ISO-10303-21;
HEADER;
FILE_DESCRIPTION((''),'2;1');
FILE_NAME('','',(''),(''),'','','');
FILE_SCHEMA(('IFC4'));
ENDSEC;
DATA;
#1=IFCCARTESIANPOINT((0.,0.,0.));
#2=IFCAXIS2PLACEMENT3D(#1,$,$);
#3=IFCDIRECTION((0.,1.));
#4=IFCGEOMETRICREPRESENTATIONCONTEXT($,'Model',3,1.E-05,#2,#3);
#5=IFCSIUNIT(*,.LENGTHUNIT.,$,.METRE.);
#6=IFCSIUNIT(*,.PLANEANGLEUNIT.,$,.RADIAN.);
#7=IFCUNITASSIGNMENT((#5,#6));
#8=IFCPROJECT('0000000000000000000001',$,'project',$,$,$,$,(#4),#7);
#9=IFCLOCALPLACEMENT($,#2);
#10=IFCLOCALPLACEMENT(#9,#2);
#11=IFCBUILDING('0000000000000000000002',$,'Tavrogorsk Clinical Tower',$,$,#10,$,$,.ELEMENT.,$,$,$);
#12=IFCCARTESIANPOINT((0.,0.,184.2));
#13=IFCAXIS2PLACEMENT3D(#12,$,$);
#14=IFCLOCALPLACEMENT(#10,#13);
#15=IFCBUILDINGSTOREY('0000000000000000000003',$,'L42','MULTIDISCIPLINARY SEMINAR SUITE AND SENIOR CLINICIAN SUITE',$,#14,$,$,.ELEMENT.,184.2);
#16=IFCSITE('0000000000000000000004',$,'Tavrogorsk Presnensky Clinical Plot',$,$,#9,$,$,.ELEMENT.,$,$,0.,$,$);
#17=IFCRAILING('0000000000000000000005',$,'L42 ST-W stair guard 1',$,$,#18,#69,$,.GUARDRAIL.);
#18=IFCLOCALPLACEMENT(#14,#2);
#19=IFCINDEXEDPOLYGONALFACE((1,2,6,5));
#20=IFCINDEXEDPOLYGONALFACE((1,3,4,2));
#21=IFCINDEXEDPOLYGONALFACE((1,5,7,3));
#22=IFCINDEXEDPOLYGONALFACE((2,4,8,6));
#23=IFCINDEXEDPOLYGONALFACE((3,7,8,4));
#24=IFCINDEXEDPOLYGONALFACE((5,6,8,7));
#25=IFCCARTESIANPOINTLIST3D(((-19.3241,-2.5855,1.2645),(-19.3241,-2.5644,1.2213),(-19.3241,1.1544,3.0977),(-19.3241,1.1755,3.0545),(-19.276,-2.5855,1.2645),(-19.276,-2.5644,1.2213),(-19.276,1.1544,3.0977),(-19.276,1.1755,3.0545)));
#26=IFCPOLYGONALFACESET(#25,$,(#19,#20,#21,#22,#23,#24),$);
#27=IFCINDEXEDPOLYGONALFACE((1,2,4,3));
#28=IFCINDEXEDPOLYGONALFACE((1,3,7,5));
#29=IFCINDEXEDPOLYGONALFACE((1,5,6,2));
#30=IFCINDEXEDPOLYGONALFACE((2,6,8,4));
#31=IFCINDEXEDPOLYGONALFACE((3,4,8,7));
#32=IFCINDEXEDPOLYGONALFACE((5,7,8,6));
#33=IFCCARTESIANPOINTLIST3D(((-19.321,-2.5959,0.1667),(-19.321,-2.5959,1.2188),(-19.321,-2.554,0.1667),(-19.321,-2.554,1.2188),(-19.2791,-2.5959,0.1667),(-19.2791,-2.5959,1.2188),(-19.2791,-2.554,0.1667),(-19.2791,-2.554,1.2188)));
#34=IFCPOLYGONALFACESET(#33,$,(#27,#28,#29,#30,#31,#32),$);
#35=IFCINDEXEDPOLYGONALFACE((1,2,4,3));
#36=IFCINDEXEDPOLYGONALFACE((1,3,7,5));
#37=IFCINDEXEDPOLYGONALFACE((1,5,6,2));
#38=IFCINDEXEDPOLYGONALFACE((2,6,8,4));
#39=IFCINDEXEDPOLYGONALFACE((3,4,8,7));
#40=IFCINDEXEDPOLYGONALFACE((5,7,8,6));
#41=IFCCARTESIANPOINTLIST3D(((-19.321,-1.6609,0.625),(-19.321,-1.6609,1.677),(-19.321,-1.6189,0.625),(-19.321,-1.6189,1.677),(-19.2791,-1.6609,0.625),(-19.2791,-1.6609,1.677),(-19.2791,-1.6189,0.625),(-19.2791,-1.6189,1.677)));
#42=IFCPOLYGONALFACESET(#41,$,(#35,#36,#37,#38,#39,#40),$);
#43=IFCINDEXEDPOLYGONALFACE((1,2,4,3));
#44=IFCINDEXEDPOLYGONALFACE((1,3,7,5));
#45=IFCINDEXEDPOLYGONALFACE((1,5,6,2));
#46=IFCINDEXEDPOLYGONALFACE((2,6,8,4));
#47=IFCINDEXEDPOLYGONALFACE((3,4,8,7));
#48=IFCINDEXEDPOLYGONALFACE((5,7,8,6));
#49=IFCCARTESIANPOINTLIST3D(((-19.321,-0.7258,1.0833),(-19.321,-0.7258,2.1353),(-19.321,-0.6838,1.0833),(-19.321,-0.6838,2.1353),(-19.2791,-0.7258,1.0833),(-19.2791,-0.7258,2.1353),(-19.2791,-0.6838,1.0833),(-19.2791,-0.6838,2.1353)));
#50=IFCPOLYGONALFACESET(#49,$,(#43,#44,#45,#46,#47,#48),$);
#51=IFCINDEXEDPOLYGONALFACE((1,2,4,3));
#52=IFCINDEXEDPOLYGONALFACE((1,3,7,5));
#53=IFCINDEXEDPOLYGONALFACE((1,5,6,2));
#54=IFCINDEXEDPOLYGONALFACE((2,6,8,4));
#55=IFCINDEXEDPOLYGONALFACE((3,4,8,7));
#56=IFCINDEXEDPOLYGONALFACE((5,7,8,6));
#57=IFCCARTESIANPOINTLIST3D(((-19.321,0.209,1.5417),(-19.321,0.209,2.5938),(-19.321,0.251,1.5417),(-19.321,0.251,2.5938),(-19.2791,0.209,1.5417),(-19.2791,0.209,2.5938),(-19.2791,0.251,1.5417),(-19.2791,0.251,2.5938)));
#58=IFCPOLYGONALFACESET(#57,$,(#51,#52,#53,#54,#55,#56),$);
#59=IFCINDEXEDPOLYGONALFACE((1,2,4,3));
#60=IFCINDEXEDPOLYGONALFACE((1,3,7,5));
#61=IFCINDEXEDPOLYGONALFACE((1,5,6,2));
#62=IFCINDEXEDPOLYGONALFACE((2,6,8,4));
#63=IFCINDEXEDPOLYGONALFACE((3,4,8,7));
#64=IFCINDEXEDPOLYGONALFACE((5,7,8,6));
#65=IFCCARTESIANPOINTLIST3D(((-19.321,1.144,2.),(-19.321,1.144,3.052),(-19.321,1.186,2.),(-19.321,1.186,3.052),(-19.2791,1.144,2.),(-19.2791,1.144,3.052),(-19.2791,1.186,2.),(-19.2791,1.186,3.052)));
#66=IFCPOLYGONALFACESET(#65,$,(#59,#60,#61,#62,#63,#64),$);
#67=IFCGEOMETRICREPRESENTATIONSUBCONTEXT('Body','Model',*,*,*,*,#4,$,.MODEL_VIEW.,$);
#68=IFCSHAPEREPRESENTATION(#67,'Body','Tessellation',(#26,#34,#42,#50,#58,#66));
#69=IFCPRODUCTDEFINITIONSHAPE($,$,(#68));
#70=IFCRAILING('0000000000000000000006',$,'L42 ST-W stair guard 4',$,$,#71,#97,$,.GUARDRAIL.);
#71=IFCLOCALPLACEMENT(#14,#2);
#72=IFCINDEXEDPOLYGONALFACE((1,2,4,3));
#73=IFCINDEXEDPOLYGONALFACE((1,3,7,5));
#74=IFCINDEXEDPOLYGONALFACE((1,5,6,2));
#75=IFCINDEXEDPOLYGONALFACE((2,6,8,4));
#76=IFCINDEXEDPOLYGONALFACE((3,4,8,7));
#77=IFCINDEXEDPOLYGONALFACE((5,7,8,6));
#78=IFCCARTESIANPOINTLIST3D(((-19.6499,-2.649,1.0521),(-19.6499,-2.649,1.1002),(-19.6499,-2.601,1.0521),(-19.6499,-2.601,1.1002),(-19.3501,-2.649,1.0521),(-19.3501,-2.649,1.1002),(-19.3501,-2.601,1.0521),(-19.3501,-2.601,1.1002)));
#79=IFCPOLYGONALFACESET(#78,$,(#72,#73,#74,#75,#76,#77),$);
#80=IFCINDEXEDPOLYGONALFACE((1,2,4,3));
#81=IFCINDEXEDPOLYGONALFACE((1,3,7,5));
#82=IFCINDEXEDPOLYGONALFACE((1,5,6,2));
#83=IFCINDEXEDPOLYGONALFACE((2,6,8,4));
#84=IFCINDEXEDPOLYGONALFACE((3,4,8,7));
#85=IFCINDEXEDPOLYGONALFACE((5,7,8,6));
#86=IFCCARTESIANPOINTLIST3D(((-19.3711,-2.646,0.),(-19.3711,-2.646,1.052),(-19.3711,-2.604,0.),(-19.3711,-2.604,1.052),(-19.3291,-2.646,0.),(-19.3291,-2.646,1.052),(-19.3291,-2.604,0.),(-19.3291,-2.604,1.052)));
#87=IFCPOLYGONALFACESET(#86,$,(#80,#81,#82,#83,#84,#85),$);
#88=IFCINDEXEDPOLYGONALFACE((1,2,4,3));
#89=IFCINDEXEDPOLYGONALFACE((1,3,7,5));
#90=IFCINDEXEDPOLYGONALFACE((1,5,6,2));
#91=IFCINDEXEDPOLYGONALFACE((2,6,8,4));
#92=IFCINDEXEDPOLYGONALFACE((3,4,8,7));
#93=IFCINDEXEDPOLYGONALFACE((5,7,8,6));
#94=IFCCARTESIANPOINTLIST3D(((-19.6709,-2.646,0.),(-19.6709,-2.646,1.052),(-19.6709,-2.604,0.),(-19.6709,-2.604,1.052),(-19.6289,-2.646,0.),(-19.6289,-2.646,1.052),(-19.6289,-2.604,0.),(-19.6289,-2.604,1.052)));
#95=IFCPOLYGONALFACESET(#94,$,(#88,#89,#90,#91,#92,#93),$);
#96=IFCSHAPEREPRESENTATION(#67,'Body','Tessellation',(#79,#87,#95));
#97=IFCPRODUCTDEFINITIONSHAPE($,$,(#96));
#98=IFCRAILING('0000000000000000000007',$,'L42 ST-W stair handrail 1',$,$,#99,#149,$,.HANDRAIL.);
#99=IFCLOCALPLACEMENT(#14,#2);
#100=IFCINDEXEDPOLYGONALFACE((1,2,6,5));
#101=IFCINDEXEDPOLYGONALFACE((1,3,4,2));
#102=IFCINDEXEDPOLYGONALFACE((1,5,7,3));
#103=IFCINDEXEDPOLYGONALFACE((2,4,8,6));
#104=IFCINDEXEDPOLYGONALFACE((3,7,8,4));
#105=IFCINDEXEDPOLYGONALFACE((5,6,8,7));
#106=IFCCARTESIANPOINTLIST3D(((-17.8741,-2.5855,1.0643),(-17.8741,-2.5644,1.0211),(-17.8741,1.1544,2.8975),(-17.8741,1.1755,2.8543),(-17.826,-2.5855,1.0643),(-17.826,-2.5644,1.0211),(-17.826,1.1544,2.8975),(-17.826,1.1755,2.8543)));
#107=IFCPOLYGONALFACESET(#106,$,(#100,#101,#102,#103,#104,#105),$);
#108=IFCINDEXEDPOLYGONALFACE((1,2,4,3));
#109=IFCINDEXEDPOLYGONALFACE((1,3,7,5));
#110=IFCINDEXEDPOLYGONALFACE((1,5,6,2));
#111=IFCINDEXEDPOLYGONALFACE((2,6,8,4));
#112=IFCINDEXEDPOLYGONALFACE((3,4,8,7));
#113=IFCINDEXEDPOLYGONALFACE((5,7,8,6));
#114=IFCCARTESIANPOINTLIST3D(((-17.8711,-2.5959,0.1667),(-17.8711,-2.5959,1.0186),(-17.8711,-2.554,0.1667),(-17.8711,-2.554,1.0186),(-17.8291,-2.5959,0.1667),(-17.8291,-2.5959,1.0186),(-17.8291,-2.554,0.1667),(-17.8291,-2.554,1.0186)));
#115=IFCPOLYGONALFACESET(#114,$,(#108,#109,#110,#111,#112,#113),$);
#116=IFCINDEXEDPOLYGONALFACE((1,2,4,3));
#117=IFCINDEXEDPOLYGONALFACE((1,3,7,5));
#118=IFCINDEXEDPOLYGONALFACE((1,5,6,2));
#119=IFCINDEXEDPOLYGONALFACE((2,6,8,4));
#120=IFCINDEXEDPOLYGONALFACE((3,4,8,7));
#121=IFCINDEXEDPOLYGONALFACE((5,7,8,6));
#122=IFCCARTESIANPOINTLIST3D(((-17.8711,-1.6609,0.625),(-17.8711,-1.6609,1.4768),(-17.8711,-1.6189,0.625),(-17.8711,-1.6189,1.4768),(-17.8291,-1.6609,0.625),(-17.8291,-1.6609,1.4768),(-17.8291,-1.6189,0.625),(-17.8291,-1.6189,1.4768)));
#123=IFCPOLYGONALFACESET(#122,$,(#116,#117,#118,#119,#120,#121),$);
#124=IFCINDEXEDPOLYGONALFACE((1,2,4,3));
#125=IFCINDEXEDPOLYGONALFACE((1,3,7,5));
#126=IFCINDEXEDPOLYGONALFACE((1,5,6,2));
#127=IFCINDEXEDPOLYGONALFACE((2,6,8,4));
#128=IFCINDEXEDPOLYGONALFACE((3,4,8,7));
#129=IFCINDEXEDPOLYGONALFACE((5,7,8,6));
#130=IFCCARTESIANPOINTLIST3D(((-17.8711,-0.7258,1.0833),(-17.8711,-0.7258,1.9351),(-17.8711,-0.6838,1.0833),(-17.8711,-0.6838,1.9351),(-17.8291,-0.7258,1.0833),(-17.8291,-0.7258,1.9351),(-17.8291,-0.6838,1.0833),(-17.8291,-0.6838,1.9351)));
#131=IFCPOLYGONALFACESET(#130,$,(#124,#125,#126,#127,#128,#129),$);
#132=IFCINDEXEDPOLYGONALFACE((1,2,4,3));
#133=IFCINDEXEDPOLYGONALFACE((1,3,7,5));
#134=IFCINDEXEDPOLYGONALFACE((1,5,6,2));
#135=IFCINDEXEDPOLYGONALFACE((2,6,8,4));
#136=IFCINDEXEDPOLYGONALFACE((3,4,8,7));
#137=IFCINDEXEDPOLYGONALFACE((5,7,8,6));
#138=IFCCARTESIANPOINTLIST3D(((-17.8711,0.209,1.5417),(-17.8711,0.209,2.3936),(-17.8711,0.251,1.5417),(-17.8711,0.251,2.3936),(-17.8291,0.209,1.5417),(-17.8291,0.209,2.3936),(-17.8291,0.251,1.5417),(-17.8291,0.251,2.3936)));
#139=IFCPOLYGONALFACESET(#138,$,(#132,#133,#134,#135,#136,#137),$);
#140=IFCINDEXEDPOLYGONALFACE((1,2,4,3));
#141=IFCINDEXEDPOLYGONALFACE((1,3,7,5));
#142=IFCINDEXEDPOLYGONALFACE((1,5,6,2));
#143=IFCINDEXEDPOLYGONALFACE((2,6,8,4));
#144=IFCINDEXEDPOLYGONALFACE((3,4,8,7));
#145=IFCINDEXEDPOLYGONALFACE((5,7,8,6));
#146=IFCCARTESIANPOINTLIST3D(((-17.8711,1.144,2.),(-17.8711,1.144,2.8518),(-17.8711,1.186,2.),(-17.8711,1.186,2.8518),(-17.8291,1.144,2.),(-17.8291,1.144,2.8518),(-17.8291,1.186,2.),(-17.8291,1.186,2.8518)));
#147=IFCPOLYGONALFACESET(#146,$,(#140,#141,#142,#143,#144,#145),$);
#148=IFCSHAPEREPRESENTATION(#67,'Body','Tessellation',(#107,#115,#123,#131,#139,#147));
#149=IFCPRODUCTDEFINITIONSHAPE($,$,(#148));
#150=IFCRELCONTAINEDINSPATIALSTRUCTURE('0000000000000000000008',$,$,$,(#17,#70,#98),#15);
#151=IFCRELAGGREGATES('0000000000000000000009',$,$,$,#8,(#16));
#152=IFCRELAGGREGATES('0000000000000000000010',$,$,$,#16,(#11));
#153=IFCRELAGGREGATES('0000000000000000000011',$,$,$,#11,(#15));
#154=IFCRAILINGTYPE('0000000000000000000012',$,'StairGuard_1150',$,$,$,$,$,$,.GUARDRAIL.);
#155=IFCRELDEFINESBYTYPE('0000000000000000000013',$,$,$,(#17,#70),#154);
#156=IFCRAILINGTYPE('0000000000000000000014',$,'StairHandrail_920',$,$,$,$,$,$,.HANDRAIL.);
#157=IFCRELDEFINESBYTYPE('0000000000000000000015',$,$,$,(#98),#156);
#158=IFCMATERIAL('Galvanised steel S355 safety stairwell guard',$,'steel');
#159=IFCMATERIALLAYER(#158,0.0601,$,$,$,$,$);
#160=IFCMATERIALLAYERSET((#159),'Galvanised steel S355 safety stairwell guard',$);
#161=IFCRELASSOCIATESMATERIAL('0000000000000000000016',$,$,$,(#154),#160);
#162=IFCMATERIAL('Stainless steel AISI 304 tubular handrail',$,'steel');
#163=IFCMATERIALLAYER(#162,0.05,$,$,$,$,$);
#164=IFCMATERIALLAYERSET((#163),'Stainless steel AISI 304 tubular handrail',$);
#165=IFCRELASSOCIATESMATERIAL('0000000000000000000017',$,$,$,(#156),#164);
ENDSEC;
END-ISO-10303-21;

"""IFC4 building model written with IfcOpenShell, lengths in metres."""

from ifc_helpers import new_model, si_unit, direction, frame, origin, origin_2d, place, context, subcontext, project, spatial, rectangle, extrude, material, layer, layer_set, type_object, element, save


model = new_model("IFC4")

# Units and contexts
model_context = context("Model", 3, precision=1e-05, world=origin(), true_north=direction((0.0, 1.0)))
body_context = subcontext(model_context, "Body", "Model", "MODEL_VIEW")
ifc_project = project(units=[si_unit("LENGTHUNIT", "METRE"), si_unit("PLANEANGLEUNIT", "RADIAN")], contexts=[model_context])

# Site, building, storey
site_placement = place(None, origin())
site = spatial("IfcSite", under=ifc_project, at=site_placement, Name="Tavrogorsk Presnensky Clinical Plot", CompositionType="ELEMENT", RefElevation=0.0)
building_placement = place(site_placement, origin())
building = spatial("IfcBuilding", under=site, at=building_placement, Name="Tavrogorsk Clinical Tower", CompositionType="ELEMENT")
storey_placement = place(building_placement, frame((0.0, 0.0, 184.2)))
storey = spatial("IfcBuildingStorey", under=building, at=storey_placement, Name="L42", Description="MULTIDISCIPLINARY SEMINAR SUITE AND SENIOR CLINICIAN SUITE", CompositionType="ELEMENT", Elevation=184.2)

# Railings
ifc_material_1 = material(Name="Galvanised steel S355 safety stairwell guard", Category="steel")
ifc_layer_1 = layer(ifc_material_1, 0.0601)
ifc_layer_set_1 = layer_set([ifc_layer_1], Name="Galvanised steel S355 safety stairwell guard")
railing_type_1 = type_object("IfcRailingType", Name="StairGuard_1150", PredefinedType="GUARDRAIL", material=ifc_layer_set_1)
railing_1_placement = place(storey_placement, frame((-19.3, -2.575, 0.1667)))
element("IfcRailing", 1, at=railing_1_placement, inside=storey, type_object=railing_type_1, Name="L42 ST-W stair guard 1", PredefinedType="GUARDRAIL", context=body_context, shape_type="SweptSolid", body=[
    extrude(rectangle(XDim=0.0481, YDim=0.0481, at=origin_2d()), frame((0.0, 0.0, 1.0762), z_axis=(0.0, 0.897928, 0.440142), x_axis=(-1.0, 0.0, 0.0)), (0.0, 0.0, 1.0), 4.165),
    extrude(rectangle(XDim=0.042, YDim=0.042, at=origin_2d()), origin(), (0.0, 0.0, 1.0), 1.052),
    extrude(rectangle(XDim=0.042, YDim=0.042, at=origin_2d()), frame((0.0, 0.9351, 0.4583)), (0.0, 0.0, 1.0), 1.052),
    extrude(rectangle(XDim=0.042, YDim=0.042, at=origin_2d()), frame((0.0, 1.8701, 0.9165)), (0.0, 0.0, 1.0), 1.052),
    extrude(rectangle(XDim=0.042, YDim=0.042, at=origin_2d()), frame((0.0, 2.8049, 1.375)), (0.0, 0.0, 1.0), 1.052),
    extrude(rectangle(XDim=0.042, YDim=0.042, at=origin_2d()), frame((0.0, 3.74, 1.8333)), (0.0, 0.0, 1.0), 1.052),
])
railing_2_placement = place(storey_placement, frame((-19.3501, -2.625, 0.0)))
element("IfcRailing", 2, at=railing_2_placement, inside=storey, type_object=railing_type_1, Name="L42 ST-W stair guard 4", PredefinedType="GUARDRAIL", context=body_context, shape_type="SweptSolid", body=[
    extrude(rectangle(XDim=0.0481, YDim=0.0481, at=origin_2d()), frame((0.0, 0.0, 1.0762), z_axis=(-1.0, 0.0, 0.0), x_axis=(0.0, -1.0, 0.0)), (0.0, 0.0, 1.0), 0.2998),
    extrude(rectangle(XDim=0.042, YDim=0.042, at=origin_2d()), origin(), (0.0, 0.0, 1.0), 1.052),
    extrude(rectangle(XDim=0.042, YDim=0.042, at=origin_2d()), frame((-0.2998, 0.0, 0.0)), (0.0, 0.0, 1.0), 1.052),
])
ifc_material_2 = material(Name="Stainless steel AISI 304 tubular handrail", Category="steel")
ifc_layer_2 = layer(ifc_material_2, 0.05)
ifc_layer_set_2 = layer_set([ifc_layer_2], Name="Stainless steel AISI 304 tubular handrail")
railing_type_2 = type_object("IfcRailingType", Name="StairHandrail_920", PredefinedType="HANDRAIL", material=ifc_layer_set_2)
railing_3_placement = place(storey_placement, frame((-17.8501, -2.575, 0.1667)))
element("IfcRailing", 3, at=railing_3_placement, inside=storey, type_object=railing_type_2, Name="L42 ST-W stair handrail 1", PredefinedType="HANDRAIL", context=body_context, shape_type="SweptSolid", body=[
    extrude(rectangle(XDim=0.0481, YDim=0.0481, at=origin_2d()), frame((0.0, 0.0, 0.876), z_axis=(0.0, 0.897928, 0.440142), x_axis=(-1.0, 0.0, 0.0)), (0.0, 0.0, 1.0), 4.165),
    extrude(rectangle(XDim=0.042, YDim=0.042, at=origin_2d()), origin(), (0.0, 0.0, 1.0), 0.8518),
    extrude(rectangle(XDim=0.042, YDim=0.042, at=origin_2d()), frame((0.0, 0.9351, 0.4583)), (0.0, 0.0, 1.0), 0.8518),
    extrude(rectangle(XDim=0.042, YDim=0.042, at=origin_2d()), frame((0.0, 1.8701, 0.9165)), (0.0, 0.0, 1.0), 0.8518),
    extrude(rectangle(XDim=0.042, YDim=0.042, at=origin_2d()), frame((0.0, 2.8049, 1.375)), (0.0, 0.0, 1.0), 0.8518),
    extrude(rectangle(XDim=0.042, YDim=0.042, at=origin_2d()), frame((0.0, 3.74, 1.8333)), (0.0, 0.0, 1.0), 0.8518),
])

save(model, "model.ifc")
